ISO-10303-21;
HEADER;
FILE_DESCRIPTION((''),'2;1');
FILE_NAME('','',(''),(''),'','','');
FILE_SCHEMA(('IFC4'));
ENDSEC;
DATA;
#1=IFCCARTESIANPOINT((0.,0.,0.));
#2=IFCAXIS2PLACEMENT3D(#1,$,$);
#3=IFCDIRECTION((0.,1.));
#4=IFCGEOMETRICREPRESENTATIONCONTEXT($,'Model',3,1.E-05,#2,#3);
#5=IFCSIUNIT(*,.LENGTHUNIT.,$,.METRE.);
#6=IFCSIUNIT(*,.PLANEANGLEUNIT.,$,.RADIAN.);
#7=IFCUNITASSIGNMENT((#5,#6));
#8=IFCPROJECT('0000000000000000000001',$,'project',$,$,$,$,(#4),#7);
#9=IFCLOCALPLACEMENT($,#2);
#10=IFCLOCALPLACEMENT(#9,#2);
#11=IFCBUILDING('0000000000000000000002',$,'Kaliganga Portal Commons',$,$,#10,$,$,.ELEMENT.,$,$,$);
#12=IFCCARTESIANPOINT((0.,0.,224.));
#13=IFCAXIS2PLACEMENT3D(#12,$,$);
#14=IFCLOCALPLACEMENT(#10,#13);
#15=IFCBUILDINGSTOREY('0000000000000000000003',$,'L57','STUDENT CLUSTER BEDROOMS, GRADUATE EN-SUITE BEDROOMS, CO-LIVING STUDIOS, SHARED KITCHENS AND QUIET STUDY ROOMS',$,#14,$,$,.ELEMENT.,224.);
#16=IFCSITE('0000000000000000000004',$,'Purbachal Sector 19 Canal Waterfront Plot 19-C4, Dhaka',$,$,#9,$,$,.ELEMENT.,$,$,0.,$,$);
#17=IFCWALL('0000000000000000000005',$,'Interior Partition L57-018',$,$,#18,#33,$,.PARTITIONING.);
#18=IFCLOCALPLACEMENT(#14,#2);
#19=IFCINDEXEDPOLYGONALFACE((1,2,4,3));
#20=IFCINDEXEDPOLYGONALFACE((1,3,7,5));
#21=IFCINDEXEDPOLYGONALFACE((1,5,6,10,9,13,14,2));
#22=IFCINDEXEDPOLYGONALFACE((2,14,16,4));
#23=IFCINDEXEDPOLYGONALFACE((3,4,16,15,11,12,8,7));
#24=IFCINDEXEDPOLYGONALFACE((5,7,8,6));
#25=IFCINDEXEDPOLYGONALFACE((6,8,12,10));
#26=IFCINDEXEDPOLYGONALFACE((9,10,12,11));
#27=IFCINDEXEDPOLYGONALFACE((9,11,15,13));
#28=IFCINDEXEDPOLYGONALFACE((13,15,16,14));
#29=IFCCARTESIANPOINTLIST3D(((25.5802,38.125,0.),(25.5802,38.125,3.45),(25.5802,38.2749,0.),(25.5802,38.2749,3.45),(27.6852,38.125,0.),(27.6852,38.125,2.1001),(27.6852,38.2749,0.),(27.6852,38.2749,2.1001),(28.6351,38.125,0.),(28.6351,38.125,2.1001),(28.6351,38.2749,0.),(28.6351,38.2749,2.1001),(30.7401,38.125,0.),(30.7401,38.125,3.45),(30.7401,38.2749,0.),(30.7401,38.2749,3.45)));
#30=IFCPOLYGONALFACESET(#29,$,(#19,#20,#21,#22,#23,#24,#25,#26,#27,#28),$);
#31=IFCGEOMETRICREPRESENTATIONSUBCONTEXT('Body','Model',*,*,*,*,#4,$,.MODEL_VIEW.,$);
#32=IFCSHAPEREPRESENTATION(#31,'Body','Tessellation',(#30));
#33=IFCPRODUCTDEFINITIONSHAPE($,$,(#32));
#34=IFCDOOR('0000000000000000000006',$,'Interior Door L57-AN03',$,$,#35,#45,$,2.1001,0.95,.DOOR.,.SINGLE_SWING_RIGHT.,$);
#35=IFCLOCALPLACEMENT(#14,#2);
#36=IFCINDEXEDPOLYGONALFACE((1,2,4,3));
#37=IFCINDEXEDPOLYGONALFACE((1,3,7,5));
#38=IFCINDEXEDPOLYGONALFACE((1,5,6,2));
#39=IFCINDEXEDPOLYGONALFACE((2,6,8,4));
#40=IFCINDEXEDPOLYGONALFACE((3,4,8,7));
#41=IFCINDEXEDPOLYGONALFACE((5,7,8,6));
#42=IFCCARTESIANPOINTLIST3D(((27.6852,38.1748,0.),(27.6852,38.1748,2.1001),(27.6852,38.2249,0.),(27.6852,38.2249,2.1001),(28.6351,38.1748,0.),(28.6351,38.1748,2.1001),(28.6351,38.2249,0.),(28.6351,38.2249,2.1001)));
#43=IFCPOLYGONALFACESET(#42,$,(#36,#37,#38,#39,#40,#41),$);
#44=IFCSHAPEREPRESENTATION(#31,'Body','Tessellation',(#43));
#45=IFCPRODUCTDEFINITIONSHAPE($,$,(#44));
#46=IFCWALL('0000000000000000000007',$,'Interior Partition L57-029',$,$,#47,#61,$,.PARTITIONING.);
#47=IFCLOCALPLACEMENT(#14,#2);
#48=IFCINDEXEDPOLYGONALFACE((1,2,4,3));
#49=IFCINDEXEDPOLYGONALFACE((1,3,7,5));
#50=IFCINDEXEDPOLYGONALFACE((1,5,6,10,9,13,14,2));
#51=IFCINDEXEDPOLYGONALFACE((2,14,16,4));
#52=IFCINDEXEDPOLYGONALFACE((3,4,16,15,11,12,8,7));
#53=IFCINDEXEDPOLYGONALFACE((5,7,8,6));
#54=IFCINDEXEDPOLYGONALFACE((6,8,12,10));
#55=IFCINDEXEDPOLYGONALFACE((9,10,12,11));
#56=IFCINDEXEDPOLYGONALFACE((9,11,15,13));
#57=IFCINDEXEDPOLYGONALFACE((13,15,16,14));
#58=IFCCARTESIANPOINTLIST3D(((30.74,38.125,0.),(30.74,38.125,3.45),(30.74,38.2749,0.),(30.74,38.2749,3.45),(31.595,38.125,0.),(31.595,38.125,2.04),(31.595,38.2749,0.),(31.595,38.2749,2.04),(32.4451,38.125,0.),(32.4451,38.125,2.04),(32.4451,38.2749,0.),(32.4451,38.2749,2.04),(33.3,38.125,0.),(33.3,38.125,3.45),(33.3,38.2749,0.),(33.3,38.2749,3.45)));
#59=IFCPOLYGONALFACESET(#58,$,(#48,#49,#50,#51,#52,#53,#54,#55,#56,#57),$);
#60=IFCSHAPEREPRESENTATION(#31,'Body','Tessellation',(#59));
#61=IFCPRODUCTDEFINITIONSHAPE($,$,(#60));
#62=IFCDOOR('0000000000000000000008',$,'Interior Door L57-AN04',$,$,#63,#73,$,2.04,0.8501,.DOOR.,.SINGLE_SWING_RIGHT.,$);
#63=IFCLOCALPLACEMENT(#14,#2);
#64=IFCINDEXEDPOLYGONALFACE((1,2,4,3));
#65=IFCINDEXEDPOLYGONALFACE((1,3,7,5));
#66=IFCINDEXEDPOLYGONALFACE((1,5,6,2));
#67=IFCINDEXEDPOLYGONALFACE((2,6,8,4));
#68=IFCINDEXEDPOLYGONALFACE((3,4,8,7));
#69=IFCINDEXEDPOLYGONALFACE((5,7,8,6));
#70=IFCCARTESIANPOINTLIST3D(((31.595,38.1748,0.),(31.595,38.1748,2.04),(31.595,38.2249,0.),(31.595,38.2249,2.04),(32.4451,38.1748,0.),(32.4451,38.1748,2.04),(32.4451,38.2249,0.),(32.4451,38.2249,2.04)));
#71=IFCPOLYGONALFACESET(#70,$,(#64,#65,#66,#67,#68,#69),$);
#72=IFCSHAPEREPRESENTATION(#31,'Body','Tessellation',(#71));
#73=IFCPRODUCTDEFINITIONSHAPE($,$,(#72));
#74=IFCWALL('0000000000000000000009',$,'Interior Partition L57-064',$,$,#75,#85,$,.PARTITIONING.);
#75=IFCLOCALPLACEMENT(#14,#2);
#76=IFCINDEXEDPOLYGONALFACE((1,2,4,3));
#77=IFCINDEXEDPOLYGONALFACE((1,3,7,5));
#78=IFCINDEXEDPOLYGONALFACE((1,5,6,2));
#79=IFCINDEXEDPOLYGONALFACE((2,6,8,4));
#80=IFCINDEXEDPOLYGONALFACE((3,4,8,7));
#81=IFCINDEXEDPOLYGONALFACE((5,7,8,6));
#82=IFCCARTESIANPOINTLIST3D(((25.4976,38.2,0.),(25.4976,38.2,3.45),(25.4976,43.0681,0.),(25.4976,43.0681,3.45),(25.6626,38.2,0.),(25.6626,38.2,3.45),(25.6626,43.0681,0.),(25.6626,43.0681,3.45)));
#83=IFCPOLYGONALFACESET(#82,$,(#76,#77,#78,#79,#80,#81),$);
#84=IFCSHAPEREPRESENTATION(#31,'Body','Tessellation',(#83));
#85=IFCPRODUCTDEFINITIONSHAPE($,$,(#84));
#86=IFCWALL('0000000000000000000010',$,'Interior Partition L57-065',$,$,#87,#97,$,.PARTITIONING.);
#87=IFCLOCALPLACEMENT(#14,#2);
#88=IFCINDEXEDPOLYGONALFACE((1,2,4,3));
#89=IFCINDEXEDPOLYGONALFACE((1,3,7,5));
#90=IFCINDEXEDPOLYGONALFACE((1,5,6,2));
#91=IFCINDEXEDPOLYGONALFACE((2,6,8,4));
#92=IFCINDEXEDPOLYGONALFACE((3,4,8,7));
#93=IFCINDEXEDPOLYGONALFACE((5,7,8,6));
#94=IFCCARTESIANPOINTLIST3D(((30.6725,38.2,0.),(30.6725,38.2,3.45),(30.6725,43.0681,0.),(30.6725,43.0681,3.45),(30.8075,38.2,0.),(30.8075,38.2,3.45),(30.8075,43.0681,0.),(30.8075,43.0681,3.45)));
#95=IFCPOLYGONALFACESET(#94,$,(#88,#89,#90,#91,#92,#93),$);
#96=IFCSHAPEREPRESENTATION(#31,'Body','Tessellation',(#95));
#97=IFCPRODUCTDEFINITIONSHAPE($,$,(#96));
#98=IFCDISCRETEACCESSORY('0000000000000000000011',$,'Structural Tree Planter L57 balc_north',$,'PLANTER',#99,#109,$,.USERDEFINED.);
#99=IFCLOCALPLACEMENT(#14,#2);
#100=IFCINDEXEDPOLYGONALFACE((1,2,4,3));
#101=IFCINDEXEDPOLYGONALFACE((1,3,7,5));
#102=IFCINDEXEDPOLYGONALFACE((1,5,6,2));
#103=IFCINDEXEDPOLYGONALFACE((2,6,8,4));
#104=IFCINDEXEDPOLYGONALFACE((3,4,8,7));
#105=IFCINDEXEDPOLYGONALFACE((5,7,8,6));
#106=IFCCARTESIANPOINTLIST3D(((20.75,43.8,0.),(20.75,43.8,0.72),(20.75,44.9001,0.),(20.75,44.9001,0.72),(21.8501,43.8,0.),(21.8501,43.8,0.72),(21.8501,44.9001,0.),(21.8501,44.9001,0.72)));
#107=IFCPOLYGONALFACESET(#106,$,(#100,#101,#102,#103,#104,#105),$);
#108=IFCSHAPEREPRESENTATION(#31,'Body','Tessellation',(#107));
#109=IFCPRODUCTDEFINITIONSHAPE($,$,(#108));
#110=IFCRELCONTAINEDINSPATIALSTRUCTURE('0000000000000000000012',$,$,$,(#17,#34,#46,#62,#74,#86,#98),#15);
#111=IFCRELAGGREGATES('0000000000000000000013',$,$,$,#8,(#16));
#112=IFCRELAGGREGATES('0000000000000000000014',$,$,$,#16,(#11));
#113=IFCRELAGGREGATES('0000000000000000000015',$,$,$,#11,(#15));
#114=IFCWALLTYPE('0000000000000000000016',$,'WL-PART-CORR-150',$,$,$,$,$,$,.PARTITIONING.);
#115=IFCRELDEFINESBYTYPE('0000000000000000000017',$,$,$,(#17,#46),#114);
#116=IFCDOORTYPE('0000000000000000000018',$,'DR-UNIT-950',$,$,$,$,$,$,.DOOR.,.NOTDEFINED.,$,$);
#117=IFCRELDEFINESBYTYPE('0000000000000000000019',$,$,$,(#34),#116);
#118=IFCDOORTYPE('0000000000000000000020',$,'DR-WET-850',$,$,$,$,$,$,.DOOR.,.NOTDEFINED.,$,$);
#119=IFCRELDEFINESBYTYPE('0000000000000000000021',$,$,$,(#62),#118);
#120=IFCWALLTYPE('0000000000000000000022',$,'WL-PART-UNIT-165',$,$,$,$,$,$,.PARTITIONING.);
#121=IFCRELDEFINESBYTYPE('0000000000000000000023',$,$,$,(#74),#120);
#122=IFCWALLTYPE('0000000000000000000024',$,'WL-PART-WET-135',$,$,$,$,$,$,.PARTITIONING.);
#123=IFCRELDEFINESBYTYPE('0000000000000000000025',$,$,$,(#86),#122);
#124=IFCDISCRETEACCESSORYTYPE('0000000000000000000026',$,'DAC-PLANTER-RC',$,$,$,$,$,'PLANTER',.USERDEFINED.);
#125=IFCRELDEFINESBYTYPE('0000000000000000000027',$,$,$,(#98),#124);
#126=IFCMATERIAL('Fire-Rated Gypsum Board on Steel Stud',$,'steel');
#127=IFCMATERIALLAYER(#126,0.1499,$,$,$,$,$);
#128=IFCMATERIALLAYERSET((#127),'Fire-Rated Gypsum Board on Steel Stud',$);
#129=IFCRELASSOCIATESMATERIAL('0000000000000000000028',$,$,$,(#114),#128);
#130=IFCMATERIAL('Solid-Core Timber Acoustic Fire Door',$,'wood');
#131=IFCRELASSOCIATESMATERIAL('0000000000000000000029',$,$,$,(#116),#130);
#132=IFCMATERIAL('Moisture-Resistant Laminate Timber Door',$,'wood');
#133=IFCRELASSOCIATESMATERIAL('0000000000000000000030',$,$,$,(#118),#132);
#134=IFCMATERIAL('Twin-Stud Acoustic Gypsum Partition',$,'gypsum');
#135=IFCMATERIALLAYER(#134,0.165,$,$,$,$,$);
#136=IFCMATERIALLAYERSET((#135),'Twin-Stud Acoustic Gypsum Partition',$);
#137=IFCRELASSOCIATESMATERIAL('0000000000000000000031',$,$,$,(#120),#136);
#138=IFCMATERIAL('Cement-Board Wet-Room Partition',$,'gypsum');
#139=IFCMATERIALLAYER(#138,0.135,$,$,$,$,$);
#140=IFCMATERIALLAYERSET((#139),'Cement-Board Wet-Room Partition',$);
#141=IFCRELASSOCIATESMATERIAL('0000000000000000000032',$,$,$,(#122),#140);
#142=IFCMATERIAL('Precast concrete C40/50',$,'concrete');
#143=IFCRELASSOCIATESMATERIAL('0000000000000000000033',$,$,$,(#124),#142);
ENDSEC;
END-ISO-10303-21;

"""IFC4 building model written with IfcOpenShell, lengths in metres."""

from ifc_helpers import new_model, si_unit, direction, frame, frame_2d, origin, origin_2d, place, context, subcontext, project, spatial, rectangle, extrude, source, transform, mapped, material, layer, layer_set, type_object, element, fill, save


model = new_model("IFC4")

# Units and contexts
model_context = context("Model", 3, precision=1e-05, world=origin(), true_north=direction((0.0, 1.0)))
body_context = subcontext(model_context, "Body", "Model", "MODEL_VIEW")
ifc_project = project(units=[si_unit("LENGTHUNIT", "METRE"), si_unit("PLANEANGLEUNIT", "RADIAN")], contexts=[model_context])

# Site, building, storey
site_placement = place(None, origin())
site = spatial("IfcSite", under=ifc_project, at=site_placement, Name="Purbachal Sector 19 Canal Waterfront Plot 19-C4, Dhaka", CompositionType="ELEMENT", RefElevation=0.0)
building_placement = place(site_placement, origin())
building = spatial("IfcBuilding", under=site, at=building_placement, Name="Kaliganga Portal Commons", CompositionType="ELEMENT")
storey_placement = place(building_placement, frame((0.0, 0.0, 224.0)))
storey = spatial("IfcBuildingStorey", under=building, at=storey_placement, Name="L57", Description="STUDENT CLUSTER BEDROOMS, GRADUATE EN-SUITE BEDROOMS, CO-LIVING STUDIOS, SHARED KITCHENS AND QUIET STUDY ROOMS", CompositionType="ELEMENT", Elevation=224.0)

# Walls, openings, doors
ifc_material_1 = material(Name="Fire-Rated Gypsum Board on Steel Stud", Category="steel")
ifc_layer_1 = layer(ifc_material_1, 0.1499)
ifc_layer_set_1 = layer_set([ifc_layer_1], Name="Fire-Rated Gypsum Board on Steel Stud")
wall_type_1 = type_object("IfcWallType", Name="WL-PART-CORR-150", PredefinedType="PARTITIONING", material=ifc_layer_set_1)
wall_1_placement = place(storey_placement, frame((25.5801, 38.2, 0.0), z_axis=(0.0, 0.0, 1.0), x_axis=(1.0, 0.0, 0.0)))
wall_1 = element("IfcWall", 1, at=wall_1_placement, inside=storey, type_object=wall_type_1, Name="Interior Partition L57-018", PredefinedType="PARTITIONING", context=body_context, shape_type="SweptSolid", body=[
    extrude(rectangle(XDim=5.1599, YDim=0.1499, at=frame_2d((2.5801, 0.0))), origin(), (0.0, 0.0, 1.0), 3.45),
])
opening_1_placement = place(wall_1_placement, frame((2.105, 0.0, 0.0)))
opening_1 = element("IfcOpeningElement", 2, at=opening_1_placement, cuts=wall_1, PredefinedType="OPENING", context=body_context, shape_type="SweptSolid", body=[
    extrude(rectangle(XDim=0.95, YDim=2.1001, at=frame_2d((0.4751, 1.05))), frame((0.0, 0.085, 0.0), z_axis=(0.0, -1.0, 0.0), x_axis=(1.0, 0.0, 0.0)), (0.0, 0.0, 1.0), 0.1699),
])
ifc_material_2 = material(Name="Solid-Core Timber Acoustic Fire Door", Category="wood")
door_type_1 = type_object("IfcDoorType", Name="DR-UNIT-950", OperationType="NOTDEFINED", PredefinedType="DOOR", material=ifc_material_2)
door_1_placement = place(opening_1_placement, origin())
door_1 = element("IfcDoor", 3, at=door_1_placement, inside=storey, type_object=door_type_1, Name="Interior Door L57-AN03", OperationType="SINGLE_SWING_RIGHT", OverallHeight=2.1001, OverallWidth=0.95, PredefinedType="DOOR", context=body_context, shape_type="SweptSolid", body=[
    extrude(rectangle(XDim=0.95, YDim=2.1001, at=frame_2d((0.4751, 1.05))), frame((0.0, 0.0249, 0.0), z_axis=(0.0, -1.0, 0.0), x_axis=(1.0, 0.0, 0.0)), (0.0, 0.0, 1.0), 0.05),
])
fill(opening_1, door_1)
wall_2_placement = place(storey_placement, frame((30.74, 38.2, 0.0), z_axis=(0.0, 0.0, 1.0), x_axis=(1.0, 0.0, 0.0)))
wall_2 = element("IfcWall", 4, at=wall_2_placement, inside=storey, type_object=wall_type_1, Name="Interior Partition L57-029", PredefinedType="PARTITIONING", context=body_context, shape_type="SweptSolid", body=[
    extrude(rectangle(XDim=2.5601, YDim=0.1499, at=frame_2d((1.28, 0.0))), origin(), (0.0, 0.0, 1.0), 3.45),
])
opening_2_placement = place(wall_2_placement, frame((0.855, 0.0, 0.0)))
opening_2 = element("IfcOpeningElement", 5, at=opening_2_placement, cuts=wall_2, PredefinedType="OPENING", context=body_context, shape_type="SweptSolid", body=[
    extrude(rectangle(XDim=0.8501, YDim=2.04, at=frame_2d((0.425, 1.02))), frame((0.0, 0.085, 0.0), z_axis=(0.0, -1.0, 0.0), x_axis=(1.0, 0.0, 0.0)), (0.0, 0.0, 1.0), 0.1699),
])
ifc_material_3 = material(Name="Moisture-Resistant Laminate Timber Door", Category="wood")
door_type_2 = type_object("IfcDoorType", Name="DR-WET-850", OperationType="NOTDEFINED", PredefinedType="DOOR", material=ifc_material_3)
door_2_placement = place(opening_2_placement, origin())
door_2 = element("IfcDoor", 6, at=door_2_placement, inside=storey, type_object=door_type_2, Name="Interior Door L57-AN04", OperationType="SINGLE_SWING_RIGHT", OverallHeight=2.04, OverallWidth=0.8501, PredefinedType="DOOR", context=body_context, shape_type="SweptSolid", body=[
    extrude(rectangle(XDim=0.8501, YDim=2.04, at=frame_2d((0.425, 1.02))), frame((0.0, 0.0249, 0.0), z_axis=(0.0, -1.0, 0.0), x_axis=(1.0, 0.0, 0.0)), (0.0, 0.0, 1.0), 0.05),
])
fill(opening_2, door_2)

# Walls
ifc_material_4 = material(Name="Twin-Stud Acoustic Gypsum Partition", Category="gypsum")
ifc_layer_2 = layer(ifc_material_4, 0.165)
ifc_layer_set_2 = layer_set([ifc_layer_2], Name="Twin-Stud Acoustic Gypsum Partition")
wall_type_2 = type_object("IfcWallType", Name="WL-PART-UNIT-165", PredefinedType="PARTITIONING", material=ifc_layer_set_2)
wall_3_placement = place(storey_placement, frame((25.5801, 38.2, 0.0), z_axis=(0.0, 0.0, 1.0), x_axis=(0.0, 1.0, 0.0)))
element("IfcWall", 7, at=wall_3_placement, inside=storey, type_object=wall_type_2, Name="Interior Partition L57-064", PredefinedType="PARTITIONING", context=body_context, shape_type="SweptSolid", body=[
    extrude(rectangle(XDim=4.8682, YDim=0.165, at=frame_2d((2.4341, 0.0))), origin(), (0.0, 0.0, 1.0), 3.45),
])
ifc_material_5 = material(Name="Cement-Board Wet-Room Partition", Category="gypsum")
ifc_layer_3 = layer(ifc_material_5, 0.135)
ifc_layer_set_3 = layer_set([ifc_layer_3], Name="Cement-Board Wet-Room Partition")
wall_type_3 = type_object("IfcWallType", Name="WL-PART-WET-135", PredefinedType="PARTITIONING", material=ifc_layer_set_3)
wall_4_placement = place(storey_placement, frame((30.74, 38.2, 0.0), z_axis=(0.0, 0.0, 1.0), x_axis=(0.0, 1.0, 0.0)))
element("IfcWall", 8, at=wall_4_placement, inside=storey, type_object=wall_type_3, Name="Interior Partition L57-065", PredefinedType="PARTITIONING", context=body_context, shape_type="SweptSolid", body=[
    extrude(rectangle(XDim=4.8682, YDim=0.135, at=frame_2d((2.4341, 0.0))), origin(), (0.0, 0.0, 1.0), 3.45),
])

# Discrete accessory
ifc_material_6 = material(Name="Precast concrete C40/50", Category="concrete")
discrete_accessory_type = type_object("IfcDiscreteAccessoryType", Name="DAC-PLANTER-RC", ElementType="PLANTER", PredefinedType="USERDEFINED", material=ifc_material_6)
shared_shape_1 = source(origin(), body_context, "Body", "SweptSolid", [
    extrude(rectangle(XDim=1.1001, YDim=1.1001, at=origin_2d()), origin(), (0.0, 0.0, 1.0), 0.72),
])
discrete_accessory_placement = place(storey_placement, frame((21.3, 44.3501, 0.0), z_axis=(0.0, 0.0, 1.0), x_axis=(1.0, 0.0, 0.0)))
element("IfcDiscreteAccessory", 9, at=discrete_accessory_placement, inside=storey, type_object=discrete_accessory_type, Name="Structural Tree Planter L57 balc_north", ObjectType="PLANTER", PredefinedType="USERDEFINED", context=body_context, shape_type="MappedRepresentation", body=[
    mapped(shared_shape_1, transform((0.0, 0.0, 0.0), x_axis=(1.0, 0.0, 0.0), y_axis=(0.0, 1.0, 0.0), z_axis=(0.0, 0.0, 1.0), scale=1.0)),
])

save(model, "model.ifc")
